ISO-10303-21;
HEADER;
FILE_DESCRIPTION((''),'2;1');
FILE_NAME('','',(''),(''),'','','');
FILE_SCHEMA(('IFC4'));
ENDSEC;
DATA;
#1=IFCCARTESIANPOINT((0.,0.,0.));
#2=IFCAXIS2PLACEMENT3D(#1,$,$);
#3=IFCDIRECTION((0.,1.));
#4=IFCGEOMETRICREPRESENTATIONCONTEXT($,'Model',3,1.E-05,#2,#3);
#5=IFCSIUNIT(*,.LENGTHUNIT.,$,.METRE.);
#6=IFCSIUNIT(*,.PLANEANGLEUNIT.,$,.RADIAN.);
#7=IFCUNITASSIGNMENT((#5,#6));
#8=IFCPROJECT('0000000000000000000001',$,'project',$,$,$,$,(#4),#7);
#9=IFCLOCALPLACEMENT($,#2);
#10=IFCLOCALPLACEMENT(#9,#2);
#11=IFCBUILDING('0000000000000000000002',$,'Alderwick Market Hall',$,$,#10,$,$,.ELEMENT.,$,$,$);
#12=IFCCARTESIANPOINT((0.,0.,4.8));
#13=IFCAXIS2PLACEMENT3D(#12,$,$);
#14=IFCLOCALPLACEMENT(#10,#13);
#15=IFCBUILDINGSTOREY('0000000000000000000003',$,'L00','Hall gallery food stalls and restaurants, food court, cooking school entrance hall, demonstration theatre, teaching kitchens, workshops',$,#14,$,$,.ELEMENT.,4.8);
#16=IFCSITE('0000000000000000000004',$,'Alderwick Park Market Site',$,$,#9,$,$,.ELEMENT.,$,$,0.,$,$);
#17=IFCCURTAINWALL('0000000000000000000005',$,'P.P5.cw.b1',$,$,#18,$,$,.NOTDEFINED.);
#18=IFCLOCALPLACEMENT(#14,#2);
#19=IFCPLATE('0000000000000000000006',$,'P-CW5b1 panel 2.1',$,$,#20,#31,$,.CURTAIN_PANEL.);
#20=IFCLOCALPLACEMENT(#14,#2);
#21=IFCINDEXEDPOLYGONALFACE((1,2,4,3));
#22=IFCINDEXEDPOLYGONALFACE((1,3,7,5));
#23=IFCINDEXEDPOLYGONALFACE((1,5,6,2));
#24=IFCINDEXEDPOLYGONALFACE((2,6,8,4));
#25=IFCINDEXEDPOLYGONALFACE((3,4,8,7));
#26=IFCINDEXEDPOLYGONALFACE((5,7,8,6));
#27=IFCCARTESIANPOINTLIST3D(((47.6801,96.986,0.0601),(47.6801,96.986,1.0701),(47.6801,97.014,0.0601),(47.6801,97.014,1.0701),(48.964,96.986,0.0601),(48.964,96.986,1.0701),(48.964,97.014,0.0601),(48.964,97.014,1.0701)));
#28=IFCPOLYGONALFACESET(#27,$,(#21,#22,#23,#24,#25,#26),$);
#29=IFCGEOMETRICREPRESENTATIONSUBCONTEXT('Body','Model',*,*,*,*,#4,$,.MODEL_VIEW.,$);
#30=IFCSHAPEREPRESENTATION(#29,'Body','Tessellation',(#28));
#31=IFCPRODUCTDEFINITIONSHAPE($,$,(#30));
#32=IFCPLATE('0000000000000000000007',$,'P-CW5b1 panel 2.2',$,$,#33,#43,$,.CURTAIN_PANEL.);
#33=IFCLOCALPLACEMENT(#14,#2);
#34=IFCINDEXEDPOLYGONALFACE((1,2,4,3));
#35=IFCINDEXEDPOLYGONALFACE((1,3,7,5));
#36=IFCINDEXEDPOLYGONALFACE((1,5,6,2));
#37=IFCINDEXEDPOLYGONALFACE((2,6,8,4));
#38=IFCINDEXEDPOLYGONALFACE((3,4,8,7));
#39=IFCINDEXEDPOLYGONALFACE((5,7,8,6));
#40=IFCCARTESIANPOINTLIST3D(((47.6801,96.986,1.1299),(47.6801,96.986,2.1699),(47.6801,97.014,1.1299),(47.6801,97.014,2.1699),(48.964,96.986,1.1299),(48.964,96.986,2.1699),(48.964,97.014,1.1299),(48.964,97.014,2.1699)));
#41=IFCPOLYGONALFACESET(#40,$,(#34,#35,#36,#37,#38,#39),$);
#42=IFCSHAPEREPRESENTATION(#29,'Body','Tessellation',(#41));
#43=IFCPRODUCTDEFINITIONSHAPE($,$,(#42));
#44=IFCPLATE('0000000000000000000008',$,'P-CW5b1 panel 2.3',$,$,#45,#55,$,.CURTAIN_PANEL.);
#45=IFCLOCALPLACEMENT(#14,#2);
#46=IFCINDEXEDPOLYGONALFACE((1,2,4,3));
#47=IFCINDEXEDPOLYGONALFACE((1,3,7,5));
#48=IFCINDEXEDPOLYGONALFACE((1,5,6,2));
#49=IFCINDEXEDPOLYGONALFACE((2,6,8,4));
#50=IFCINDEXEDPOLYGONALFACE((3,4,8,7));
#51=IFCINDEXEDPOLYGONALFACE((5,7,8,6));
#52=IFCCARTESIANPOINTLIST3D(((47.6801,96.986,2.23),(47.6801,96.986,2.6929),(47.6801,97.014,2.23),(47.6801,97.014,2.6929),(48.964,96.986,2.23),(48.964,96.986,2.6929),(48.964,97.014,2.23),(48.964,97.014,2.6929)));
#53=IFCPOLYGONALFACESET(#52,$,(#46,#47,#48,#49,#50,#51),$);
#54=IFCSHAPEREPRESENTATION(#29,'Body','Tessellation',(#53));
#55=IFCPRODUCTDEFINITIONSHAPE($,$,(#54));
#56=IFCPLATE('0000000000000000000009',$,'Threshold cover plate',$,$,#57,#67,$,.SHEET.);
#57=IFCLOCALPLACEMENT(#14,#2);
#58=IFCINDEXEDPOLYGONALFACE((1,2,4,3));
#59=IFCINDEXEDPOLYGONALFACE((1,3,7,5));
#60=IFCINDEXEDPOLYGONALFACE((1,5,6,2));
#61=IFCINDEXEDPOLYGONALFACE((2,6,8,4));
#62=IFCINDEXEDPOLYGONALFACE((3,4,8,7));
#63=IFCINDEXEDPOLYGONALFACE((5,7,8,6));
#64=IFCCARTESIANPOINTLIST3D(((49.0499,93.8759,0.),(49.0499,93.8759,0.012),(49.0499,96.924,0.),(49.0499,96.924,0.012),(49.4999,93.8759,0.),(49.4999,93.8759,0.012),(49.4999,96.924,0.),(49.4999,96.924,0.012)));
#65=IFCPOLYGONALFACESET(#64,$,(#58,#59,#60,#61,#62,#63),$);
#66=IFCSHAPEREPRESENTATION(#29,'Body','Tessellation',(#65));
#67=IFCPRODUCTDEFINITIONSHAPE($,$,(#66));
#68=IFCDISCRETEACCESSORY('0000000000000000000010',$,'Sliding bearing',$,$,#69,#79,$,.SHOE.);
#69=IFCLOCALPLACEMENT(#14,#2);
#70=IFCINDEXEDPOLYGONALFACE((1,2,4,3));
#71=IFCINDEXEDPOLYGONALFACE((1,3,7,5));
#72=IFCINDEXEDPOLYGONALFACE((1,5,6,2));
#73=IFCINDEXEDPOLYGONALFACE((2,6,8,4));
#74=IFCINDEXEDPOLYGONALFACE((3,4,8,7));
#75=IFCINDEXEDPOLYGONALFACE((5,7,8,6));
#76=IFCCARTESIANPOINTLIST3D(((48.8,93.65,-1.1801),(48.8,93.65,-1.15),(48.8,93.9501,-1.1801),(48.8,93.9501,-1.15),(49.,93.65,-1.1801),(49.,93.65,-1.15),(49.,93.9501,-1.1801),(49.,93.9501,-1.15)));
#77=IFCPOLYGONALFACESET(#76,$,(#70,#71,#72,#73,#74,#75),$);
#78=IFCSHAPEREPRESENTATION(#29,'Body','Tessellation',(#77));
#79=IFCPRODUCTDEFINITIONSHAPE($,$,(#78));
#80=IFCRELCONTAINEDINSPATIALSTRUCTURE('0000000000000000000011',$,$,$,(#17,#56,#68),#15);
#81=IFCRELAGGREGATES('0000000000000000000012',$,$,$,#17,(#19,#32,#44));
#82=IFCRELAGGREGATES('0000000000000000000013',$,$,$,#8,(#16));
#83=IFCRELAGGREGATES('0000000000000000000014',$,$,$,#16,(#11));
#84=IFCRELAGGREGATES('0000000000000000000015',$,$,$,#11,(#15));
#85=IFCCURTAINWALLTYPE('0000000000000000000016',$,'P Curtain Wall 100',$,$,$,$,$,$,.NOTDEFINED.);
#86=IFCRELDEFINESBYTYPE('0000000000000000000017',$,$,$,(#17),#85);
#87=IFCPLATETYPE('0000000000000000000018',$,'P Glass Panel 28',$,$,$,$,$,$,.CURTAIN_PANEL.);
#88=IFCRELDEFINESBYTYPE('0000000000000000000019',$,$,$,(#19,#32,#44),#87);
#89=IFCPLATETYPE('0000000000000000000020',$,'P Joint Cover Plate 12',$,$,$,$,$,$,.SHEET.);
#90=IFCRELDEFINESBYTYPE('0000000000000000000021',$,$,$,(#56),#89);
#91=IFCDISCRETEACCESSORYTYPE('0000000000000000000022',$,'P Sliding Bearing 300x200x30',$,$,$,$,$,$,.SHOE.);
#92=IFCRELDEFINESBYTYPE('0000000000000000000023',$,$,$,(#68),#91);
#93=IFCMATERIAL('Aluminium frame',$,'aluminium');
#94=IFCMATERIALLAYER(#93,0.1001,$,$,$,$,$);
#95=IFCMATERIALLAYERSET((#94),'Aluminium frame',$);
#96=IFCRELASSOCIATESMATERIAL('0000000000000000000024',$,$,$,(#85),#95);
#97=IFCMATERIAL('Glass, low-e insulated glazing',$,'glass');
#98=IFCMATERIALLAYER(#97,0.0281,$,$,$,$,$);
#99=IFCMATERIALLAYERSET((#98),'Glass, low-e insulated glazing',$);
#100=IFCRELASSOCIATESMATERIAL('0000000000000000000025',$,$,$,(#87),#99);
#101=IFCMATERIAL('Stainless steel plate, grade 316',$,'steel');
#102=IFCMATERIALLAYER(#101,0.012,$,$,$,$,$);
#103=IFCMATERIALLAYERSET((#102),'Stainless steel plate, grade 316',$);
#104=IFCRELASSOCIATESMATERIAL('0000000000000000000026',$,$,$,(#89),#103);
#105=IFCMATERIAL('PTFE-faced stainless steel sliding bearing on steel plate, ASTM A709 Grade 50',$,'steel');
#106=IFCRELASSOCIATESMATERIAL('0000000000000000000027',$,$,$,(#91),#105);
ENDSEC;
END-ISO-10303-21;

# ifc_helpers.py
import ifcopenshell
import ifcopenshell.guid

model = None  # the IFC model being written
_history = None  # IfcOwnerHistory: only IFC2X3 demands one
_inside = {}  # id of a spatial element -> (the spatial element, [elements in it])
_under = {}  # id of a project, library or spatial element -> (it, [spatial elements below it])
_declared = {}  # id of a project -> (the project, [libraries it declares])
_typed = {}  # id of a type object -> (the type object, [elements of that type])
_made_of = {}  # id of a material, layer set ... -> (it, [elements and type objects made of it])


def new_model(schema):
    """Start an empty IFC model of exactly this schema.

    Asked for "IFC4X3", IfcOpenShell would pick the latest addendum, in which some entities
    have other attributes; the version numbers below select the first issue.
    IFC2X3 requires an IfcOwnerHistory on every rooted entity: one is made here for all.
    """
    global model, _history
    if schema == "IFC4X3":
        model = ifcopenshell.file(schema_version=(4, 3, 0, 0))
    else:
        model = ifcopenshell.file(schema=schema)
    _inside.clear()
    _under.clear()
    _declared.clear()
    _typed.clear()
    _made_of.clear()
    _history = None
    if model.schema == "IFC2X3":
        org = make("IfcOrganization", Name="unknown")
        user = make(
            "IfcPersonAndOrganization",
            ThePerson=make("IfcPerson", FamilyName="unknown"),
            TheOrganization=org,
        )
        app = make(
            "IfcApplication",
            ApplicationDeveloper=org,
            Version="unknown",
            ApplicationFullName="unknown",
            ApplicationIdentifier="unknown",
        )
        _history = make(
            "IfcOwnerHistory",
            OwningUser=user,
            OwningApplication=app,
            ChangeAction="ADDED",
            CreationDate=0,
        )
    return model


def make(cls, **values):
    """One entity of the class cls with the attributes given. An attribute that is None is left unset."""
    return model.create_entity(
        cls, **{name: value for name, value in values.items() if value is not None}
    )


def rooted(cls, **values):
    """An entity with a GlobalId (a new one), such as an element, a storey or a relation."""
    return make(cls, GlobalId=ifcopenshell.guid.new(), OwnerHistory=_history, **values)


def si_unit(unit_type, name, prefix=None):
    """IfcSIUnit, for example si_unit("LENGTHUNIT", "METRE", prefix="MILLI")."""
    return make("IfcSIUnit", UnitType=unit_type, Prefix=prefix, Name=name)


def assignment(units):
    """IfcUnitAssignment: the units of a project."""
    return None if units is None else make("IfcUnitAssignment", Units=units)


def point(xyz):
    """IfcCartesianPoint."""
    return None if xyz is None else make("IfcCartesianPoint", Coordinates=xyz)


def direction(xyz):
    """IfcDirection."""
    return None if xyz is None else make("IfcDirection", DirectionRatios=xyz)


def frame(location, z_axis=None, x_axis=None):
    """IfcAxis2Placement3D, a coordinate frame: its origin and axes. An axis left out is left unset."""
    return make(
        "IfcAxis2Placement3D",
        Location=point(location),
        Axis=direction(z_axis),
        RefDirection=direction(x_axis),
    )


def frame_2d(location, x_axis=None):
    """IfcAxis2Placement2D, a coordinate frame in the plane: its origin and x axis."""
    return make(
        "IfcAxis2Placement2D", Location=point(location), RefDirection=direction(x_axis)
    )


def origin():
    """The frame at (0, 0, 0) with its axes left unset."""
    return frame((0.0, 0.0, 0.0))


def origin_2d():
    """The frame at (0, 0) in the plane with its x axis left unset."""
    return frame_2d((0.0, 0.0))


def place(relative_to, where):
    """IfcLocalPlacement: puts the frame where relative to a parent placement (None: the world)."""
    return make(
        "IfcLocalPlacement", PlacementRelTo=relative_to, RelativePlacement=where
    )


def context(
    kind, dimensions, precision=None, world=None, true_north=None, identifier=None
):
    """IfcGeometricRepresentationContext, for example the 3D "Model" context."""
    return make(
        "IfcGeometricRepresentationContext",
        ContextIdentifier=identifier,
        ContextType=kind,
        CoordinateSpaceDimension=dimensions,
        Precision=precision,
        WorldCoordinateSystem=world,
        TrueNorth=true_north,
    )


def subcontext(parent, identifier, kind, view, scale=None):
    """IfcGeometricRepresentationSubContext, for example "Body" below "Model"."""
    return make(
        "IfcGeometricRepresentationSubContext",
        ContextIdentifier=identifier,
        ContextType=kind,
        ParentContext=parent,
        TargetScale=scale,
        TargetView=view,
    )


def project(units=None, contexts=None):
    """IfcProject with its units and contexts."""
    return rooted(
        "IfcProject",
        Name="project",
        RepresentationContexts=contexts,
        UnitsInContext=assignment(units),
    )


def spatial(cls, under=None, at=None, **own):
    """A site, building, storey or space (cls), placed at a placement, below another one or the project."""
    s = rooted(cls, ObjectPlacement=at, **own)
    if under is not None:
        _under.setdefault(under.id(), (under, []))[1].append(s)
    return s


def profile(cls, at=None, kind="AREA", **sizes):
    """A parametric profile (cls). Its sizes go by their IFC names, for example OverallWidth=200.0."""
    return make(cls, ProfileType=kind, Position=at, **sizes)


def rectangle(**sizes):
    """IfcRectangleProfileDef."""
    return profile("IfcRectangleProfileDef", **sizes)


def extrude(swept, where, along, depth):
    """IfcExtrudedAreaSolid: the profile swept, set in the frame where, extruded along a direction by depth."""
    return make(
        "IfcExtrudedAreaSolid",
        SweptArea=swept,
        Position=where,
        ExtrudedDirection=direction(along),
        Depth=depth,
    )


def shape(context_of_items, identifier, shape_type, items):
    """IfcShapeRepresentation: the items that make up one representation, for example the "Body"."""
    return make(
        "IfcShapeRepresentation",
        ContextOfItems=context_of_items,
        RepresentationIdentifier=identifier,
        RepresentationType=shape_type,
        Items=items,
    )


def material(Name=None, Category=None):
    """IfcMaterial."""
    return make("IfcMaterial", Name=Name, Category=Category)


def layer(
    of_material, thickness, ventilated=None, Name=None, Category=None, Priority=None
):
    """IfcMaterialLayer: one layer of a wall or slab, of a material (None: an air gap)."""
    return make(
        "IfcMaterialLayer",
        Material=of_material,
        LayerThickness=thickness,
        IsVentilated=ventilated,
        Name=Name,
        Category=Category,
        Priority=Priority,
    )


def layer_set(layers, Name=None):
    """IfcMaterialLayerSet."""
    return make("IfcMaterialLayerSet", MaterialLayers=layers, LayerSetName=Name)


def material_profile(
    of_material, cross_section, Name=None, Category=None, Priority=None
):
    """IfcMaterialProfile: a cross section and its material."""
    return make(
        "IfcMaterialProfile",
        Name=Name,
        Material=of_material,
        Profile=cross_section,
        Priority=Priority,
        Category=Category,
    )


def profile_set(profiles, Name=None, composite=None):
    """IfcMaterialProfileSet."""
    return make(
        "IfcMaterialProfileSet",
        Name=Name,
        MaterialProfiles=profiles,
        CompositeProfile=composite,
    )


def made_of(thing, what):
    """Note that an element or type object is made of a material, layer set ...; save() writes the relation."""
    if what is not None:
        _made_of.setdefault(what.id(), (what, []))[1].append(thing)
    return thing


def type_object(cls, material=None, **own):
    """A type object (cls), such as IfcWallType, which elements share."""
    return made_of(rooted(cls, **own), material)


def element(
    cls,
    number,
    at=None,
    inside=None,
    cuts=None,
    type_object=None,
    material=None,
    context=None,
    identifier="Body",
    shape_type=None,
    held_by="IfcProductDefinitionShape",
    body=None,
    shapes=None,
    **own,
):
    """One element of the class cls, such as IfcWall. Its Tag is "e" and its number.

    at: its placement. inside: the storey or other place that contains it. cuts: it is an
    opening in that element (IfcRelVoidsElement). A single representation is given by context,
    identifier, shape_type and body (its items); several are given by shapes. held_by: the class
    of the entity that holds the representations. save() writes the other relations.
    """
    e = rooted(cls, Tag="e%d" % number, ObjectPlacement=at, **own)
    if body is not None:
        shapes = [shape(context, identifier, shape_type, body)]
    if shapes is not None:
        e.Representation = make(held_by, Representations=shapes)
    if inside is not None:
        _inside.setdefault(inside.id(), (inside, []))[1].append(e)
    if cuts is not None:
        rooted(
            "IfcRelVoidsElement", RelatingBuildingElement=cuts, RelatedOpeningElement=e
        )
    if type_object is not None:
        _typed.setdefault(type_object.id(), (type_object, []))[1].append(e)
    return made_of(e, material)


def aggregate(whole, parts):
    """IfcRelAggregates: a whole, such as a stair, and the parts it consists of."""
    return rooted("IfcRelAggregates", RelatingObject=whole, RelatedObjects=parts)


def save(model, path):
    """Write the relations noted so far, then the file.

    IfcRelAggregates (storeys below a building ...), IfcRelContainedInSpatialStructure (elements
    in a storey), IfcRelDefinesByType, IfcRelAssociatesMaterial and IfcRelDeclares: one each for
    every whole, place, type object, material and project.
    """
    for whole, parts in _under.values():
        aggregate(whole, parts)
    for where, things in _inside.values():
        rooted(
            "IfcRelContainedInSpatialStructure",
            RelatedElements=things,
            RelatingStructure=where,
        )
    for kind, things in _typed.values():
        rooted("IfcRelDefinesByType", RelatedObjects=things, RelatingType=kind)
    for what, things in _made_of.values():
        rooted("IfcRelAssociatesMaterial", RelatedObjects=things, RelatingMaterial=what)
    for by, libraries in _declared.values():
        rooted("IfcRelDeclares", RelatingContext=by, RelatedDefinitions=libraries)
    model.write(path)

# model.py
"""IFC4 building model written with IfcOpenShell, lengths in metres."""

from ifc_helpers import new_model, si_unit, direction, frame, origin, origin_2d, place, context, subcontext, project, spatial, rectangle, extrude, material, layer, layer_set, material_profile, profile_set, type_object, element, aggregate, save


model = new_model("IFC4")

# Units and contexts
model_context = context("Model", 3, precision=1e-05, world=origin(), true_north=direction((0.0, 1.0)))
body_context = subcontext(model_context, "Body", "Model", "MODEL_VIEW")
ifc_project = project(units=[si_unit("LENGTHUNIT", "METRE"), si_unit("PLANEANGLEUNIT", "RADIAN")], contexts=[model_context])

# Site, building, storey
site_placement = place(None, origin())
site = spatial("IfcSite", under=ifc_project, at=site_placement, Name="Alderwick Park Market Site", CompositionType="ELEMENT", RefElevation=0.0)
building_placement = place(site_placement, origin())
building = spatial("IfcBuilding", under=site, at=building_placement, Name="Alderwick Market Hall", CompositionType="ELEMENT")
storey_placement = place(building_placement, frame((0.0, 0.0, 4.8)))
storey = spatial("IfcBuildingStorey", under=building, at=storey_placement, Name="L00", Description="Hall gallery food stalls and restaurants, food court, cooking school entrance hall, demonstration theatre, teaching kitchens, workshops", CompositionType="ELEMENT", Elevation=4.8)

# Curtain wall
ifc_material_1 = material(Name="Aluminium frame", Category="aluminium")
ifc_layer_1 = layer(ifc_material_1, 0.1001)
ifc_layer_set_1 = layer_set([ifc_layer_1], Name="Aluminium frame")
curtain_wall_type = type_object("IfcCurtainWallType", Name="P Curtain Wall 100", PredefinedType="NOTDEFINED", material=ifc_layer_set_1)
curtain_wall_1_placement = place(storey_placement, origin())
curtain_wall_1 = element("IfcCurtainWall", 1, at=curtain_wall_1_placement, inside=storey, type_object=curtain_wall_type, Name="P.P5.cw.b1", PredefinedType="NOTDEFINED")

# Plates
ifc_material_2 = material(Name="Glass, low-e insulated glazing", Category="glass")
ifc_layer_2 = layer(ifc_material_2, 0.0281)
ifc_layer_set_2 = layer_set([ifc_layer_2], Name="Glass, low-e insulated glazing")
plate_type_1 = type_object("IfcPlateType", Name="P Glass Panel 28", PredefinedType="CURTAIN_PANEL", material=ifc_layer_set_2)
plate_1_placement = place(storey_placement, frame((48.322, 97.0, 0.0601), z_axis=(0.0, 0.0, 1.0), x_axis=(1.0, 0.0, 0.0)))
plate_1 = element("IfcPlate", 2, at=plate_1_placement, type_object=plate_type_1, Name="P-CW5b1 panel 2.1", PredefinedType="CURTAIN_PANEL", context=body_context, shape_type="SweptSolid", body=[
    extrude(rectangle(XDim=1.2839, YDim=0.0281, at=origin_2d()), origin(), (0.0, 0.0, 1.0), 1.01),
])
plate_2_placement = place(storey_placement, frame((48.322, 97.0, 1.1299), z_axis=(0.0, 0.0, 1.0), x_axis=(1.0, 0.0, 0.0)))
plate_2 = element("IfcPlate", 3, at=plate_2_placement, type_object=plate_type_1, Name="P-CW5b1 panel 2.2", PredefinedType="CURTAIN_PANEL", context=body_context, shape_type="SweptSolid", body=[
    extrude(rectangle(XDim=1.2839, YDim=0.0281, at=origin_2d()), origin(), (0.0, 0.0, 1.0), 1.04),
])
plate_3_placement = place(storey_placement, frame((48.322, 97.0, 2.23), z_axis=(0.0, 0.0, 1.0), x_axis=(1.0, 0.0, 0.0)))
plate_3 = element("IfcPlate", 4, at=plate_3_placement, type_object=plate_type_1, Name="P-CW5b1 panel 2.3", PredefinedType="CURTAIN_PANEL", context=body_context, shape_type="SweptSolid", body=[
    extrude(rectangle(XDim=1.2839, YDim=0.0281, at=origin_2d()), origin(), (0.0, 0.0, 1.0), 0.4629),
])
aggregate(curtain_wall_1, [plate_1, plate_2, plate_3])
ifc_material_3 = material(Name="Stainless steel plate, grade 316", Category="steel")
ifc_layer_3 = layer(ifc_material_3, 0.012)
ifc_layer_set_3 = layer_set([ifc_layer_3], Name="Stainless steel plate, grade 316")
plate_type_2 = type_object("IfcPlateType", Name="P Joint Cover Plate 12", PredefinedType="SHEET", material=ifc_layer_set_3)
plate_4_placement = place(storey_placement, frame((49.2749, 95.3999, 0.0), z_axis=(0.0, 0.0, 1.0), x_axis=(1.0, 0.0, 0.0)))
element("IfcPlate", 5, at=plate_4_placement, inside=storey, type_object=plate_type_2, Name="Threshold cover plate", PredefinedType="SHEET", context=body_context, shape_type="SweptSolid", body=[
    extrude(rectangle(XDim=0.45, YDim=3.0481, at=origin_2d()), origin(), (0.0, 0.0, 1.0), 0.012),
])

# Discrete accessory
ifc_material_4 = material(Name="PTFE-faced stainless steel sliding bearing on steel plate, ASTM A709 Grade 50", Category="steel")
ifc_material_profile_1 = material_profile(ifc_material_4, rectangle(XDim=0.3, YDim=0.03, at=origin_2d()), Name="P Sliding Bearing 300x200x30")
ifc_profile_set_1 = profile_set([ifc_material_profile_1], Name="PTFE-faced stainless steel sliding bearing on steel plate, ASTM A709 Grade 50")
discrete_accessory_type = type_object("IfcDiscreteAccessoryType", Name="P Sliding Bearing 300x200x30", PredefinedType="SHOE", material=ifc_profile_set_1)
discrete_accessory_placement = place(storey_placement, frame((48.8, 93.8, -1.165), z_axis=(1.0, 0.0, 0.0), x_axis=(0.0, 1.0, 0.0)))
element("IfcDiscreteAccessory", 6, at=discrete_accessory_placement, inside=storey, type_object=discrete_accessory_type, Name="Sliding bearing", PredefinedType="SHOE", context=body_context, shape_type="SweptSolid", body=[
    extrude(rectangle(XDim=0.3, YDim=0.03, at=origin_2d()), origin(), (0.0, 0.0, 1.0), 0.2),
])

save(model, "model.ifc")
